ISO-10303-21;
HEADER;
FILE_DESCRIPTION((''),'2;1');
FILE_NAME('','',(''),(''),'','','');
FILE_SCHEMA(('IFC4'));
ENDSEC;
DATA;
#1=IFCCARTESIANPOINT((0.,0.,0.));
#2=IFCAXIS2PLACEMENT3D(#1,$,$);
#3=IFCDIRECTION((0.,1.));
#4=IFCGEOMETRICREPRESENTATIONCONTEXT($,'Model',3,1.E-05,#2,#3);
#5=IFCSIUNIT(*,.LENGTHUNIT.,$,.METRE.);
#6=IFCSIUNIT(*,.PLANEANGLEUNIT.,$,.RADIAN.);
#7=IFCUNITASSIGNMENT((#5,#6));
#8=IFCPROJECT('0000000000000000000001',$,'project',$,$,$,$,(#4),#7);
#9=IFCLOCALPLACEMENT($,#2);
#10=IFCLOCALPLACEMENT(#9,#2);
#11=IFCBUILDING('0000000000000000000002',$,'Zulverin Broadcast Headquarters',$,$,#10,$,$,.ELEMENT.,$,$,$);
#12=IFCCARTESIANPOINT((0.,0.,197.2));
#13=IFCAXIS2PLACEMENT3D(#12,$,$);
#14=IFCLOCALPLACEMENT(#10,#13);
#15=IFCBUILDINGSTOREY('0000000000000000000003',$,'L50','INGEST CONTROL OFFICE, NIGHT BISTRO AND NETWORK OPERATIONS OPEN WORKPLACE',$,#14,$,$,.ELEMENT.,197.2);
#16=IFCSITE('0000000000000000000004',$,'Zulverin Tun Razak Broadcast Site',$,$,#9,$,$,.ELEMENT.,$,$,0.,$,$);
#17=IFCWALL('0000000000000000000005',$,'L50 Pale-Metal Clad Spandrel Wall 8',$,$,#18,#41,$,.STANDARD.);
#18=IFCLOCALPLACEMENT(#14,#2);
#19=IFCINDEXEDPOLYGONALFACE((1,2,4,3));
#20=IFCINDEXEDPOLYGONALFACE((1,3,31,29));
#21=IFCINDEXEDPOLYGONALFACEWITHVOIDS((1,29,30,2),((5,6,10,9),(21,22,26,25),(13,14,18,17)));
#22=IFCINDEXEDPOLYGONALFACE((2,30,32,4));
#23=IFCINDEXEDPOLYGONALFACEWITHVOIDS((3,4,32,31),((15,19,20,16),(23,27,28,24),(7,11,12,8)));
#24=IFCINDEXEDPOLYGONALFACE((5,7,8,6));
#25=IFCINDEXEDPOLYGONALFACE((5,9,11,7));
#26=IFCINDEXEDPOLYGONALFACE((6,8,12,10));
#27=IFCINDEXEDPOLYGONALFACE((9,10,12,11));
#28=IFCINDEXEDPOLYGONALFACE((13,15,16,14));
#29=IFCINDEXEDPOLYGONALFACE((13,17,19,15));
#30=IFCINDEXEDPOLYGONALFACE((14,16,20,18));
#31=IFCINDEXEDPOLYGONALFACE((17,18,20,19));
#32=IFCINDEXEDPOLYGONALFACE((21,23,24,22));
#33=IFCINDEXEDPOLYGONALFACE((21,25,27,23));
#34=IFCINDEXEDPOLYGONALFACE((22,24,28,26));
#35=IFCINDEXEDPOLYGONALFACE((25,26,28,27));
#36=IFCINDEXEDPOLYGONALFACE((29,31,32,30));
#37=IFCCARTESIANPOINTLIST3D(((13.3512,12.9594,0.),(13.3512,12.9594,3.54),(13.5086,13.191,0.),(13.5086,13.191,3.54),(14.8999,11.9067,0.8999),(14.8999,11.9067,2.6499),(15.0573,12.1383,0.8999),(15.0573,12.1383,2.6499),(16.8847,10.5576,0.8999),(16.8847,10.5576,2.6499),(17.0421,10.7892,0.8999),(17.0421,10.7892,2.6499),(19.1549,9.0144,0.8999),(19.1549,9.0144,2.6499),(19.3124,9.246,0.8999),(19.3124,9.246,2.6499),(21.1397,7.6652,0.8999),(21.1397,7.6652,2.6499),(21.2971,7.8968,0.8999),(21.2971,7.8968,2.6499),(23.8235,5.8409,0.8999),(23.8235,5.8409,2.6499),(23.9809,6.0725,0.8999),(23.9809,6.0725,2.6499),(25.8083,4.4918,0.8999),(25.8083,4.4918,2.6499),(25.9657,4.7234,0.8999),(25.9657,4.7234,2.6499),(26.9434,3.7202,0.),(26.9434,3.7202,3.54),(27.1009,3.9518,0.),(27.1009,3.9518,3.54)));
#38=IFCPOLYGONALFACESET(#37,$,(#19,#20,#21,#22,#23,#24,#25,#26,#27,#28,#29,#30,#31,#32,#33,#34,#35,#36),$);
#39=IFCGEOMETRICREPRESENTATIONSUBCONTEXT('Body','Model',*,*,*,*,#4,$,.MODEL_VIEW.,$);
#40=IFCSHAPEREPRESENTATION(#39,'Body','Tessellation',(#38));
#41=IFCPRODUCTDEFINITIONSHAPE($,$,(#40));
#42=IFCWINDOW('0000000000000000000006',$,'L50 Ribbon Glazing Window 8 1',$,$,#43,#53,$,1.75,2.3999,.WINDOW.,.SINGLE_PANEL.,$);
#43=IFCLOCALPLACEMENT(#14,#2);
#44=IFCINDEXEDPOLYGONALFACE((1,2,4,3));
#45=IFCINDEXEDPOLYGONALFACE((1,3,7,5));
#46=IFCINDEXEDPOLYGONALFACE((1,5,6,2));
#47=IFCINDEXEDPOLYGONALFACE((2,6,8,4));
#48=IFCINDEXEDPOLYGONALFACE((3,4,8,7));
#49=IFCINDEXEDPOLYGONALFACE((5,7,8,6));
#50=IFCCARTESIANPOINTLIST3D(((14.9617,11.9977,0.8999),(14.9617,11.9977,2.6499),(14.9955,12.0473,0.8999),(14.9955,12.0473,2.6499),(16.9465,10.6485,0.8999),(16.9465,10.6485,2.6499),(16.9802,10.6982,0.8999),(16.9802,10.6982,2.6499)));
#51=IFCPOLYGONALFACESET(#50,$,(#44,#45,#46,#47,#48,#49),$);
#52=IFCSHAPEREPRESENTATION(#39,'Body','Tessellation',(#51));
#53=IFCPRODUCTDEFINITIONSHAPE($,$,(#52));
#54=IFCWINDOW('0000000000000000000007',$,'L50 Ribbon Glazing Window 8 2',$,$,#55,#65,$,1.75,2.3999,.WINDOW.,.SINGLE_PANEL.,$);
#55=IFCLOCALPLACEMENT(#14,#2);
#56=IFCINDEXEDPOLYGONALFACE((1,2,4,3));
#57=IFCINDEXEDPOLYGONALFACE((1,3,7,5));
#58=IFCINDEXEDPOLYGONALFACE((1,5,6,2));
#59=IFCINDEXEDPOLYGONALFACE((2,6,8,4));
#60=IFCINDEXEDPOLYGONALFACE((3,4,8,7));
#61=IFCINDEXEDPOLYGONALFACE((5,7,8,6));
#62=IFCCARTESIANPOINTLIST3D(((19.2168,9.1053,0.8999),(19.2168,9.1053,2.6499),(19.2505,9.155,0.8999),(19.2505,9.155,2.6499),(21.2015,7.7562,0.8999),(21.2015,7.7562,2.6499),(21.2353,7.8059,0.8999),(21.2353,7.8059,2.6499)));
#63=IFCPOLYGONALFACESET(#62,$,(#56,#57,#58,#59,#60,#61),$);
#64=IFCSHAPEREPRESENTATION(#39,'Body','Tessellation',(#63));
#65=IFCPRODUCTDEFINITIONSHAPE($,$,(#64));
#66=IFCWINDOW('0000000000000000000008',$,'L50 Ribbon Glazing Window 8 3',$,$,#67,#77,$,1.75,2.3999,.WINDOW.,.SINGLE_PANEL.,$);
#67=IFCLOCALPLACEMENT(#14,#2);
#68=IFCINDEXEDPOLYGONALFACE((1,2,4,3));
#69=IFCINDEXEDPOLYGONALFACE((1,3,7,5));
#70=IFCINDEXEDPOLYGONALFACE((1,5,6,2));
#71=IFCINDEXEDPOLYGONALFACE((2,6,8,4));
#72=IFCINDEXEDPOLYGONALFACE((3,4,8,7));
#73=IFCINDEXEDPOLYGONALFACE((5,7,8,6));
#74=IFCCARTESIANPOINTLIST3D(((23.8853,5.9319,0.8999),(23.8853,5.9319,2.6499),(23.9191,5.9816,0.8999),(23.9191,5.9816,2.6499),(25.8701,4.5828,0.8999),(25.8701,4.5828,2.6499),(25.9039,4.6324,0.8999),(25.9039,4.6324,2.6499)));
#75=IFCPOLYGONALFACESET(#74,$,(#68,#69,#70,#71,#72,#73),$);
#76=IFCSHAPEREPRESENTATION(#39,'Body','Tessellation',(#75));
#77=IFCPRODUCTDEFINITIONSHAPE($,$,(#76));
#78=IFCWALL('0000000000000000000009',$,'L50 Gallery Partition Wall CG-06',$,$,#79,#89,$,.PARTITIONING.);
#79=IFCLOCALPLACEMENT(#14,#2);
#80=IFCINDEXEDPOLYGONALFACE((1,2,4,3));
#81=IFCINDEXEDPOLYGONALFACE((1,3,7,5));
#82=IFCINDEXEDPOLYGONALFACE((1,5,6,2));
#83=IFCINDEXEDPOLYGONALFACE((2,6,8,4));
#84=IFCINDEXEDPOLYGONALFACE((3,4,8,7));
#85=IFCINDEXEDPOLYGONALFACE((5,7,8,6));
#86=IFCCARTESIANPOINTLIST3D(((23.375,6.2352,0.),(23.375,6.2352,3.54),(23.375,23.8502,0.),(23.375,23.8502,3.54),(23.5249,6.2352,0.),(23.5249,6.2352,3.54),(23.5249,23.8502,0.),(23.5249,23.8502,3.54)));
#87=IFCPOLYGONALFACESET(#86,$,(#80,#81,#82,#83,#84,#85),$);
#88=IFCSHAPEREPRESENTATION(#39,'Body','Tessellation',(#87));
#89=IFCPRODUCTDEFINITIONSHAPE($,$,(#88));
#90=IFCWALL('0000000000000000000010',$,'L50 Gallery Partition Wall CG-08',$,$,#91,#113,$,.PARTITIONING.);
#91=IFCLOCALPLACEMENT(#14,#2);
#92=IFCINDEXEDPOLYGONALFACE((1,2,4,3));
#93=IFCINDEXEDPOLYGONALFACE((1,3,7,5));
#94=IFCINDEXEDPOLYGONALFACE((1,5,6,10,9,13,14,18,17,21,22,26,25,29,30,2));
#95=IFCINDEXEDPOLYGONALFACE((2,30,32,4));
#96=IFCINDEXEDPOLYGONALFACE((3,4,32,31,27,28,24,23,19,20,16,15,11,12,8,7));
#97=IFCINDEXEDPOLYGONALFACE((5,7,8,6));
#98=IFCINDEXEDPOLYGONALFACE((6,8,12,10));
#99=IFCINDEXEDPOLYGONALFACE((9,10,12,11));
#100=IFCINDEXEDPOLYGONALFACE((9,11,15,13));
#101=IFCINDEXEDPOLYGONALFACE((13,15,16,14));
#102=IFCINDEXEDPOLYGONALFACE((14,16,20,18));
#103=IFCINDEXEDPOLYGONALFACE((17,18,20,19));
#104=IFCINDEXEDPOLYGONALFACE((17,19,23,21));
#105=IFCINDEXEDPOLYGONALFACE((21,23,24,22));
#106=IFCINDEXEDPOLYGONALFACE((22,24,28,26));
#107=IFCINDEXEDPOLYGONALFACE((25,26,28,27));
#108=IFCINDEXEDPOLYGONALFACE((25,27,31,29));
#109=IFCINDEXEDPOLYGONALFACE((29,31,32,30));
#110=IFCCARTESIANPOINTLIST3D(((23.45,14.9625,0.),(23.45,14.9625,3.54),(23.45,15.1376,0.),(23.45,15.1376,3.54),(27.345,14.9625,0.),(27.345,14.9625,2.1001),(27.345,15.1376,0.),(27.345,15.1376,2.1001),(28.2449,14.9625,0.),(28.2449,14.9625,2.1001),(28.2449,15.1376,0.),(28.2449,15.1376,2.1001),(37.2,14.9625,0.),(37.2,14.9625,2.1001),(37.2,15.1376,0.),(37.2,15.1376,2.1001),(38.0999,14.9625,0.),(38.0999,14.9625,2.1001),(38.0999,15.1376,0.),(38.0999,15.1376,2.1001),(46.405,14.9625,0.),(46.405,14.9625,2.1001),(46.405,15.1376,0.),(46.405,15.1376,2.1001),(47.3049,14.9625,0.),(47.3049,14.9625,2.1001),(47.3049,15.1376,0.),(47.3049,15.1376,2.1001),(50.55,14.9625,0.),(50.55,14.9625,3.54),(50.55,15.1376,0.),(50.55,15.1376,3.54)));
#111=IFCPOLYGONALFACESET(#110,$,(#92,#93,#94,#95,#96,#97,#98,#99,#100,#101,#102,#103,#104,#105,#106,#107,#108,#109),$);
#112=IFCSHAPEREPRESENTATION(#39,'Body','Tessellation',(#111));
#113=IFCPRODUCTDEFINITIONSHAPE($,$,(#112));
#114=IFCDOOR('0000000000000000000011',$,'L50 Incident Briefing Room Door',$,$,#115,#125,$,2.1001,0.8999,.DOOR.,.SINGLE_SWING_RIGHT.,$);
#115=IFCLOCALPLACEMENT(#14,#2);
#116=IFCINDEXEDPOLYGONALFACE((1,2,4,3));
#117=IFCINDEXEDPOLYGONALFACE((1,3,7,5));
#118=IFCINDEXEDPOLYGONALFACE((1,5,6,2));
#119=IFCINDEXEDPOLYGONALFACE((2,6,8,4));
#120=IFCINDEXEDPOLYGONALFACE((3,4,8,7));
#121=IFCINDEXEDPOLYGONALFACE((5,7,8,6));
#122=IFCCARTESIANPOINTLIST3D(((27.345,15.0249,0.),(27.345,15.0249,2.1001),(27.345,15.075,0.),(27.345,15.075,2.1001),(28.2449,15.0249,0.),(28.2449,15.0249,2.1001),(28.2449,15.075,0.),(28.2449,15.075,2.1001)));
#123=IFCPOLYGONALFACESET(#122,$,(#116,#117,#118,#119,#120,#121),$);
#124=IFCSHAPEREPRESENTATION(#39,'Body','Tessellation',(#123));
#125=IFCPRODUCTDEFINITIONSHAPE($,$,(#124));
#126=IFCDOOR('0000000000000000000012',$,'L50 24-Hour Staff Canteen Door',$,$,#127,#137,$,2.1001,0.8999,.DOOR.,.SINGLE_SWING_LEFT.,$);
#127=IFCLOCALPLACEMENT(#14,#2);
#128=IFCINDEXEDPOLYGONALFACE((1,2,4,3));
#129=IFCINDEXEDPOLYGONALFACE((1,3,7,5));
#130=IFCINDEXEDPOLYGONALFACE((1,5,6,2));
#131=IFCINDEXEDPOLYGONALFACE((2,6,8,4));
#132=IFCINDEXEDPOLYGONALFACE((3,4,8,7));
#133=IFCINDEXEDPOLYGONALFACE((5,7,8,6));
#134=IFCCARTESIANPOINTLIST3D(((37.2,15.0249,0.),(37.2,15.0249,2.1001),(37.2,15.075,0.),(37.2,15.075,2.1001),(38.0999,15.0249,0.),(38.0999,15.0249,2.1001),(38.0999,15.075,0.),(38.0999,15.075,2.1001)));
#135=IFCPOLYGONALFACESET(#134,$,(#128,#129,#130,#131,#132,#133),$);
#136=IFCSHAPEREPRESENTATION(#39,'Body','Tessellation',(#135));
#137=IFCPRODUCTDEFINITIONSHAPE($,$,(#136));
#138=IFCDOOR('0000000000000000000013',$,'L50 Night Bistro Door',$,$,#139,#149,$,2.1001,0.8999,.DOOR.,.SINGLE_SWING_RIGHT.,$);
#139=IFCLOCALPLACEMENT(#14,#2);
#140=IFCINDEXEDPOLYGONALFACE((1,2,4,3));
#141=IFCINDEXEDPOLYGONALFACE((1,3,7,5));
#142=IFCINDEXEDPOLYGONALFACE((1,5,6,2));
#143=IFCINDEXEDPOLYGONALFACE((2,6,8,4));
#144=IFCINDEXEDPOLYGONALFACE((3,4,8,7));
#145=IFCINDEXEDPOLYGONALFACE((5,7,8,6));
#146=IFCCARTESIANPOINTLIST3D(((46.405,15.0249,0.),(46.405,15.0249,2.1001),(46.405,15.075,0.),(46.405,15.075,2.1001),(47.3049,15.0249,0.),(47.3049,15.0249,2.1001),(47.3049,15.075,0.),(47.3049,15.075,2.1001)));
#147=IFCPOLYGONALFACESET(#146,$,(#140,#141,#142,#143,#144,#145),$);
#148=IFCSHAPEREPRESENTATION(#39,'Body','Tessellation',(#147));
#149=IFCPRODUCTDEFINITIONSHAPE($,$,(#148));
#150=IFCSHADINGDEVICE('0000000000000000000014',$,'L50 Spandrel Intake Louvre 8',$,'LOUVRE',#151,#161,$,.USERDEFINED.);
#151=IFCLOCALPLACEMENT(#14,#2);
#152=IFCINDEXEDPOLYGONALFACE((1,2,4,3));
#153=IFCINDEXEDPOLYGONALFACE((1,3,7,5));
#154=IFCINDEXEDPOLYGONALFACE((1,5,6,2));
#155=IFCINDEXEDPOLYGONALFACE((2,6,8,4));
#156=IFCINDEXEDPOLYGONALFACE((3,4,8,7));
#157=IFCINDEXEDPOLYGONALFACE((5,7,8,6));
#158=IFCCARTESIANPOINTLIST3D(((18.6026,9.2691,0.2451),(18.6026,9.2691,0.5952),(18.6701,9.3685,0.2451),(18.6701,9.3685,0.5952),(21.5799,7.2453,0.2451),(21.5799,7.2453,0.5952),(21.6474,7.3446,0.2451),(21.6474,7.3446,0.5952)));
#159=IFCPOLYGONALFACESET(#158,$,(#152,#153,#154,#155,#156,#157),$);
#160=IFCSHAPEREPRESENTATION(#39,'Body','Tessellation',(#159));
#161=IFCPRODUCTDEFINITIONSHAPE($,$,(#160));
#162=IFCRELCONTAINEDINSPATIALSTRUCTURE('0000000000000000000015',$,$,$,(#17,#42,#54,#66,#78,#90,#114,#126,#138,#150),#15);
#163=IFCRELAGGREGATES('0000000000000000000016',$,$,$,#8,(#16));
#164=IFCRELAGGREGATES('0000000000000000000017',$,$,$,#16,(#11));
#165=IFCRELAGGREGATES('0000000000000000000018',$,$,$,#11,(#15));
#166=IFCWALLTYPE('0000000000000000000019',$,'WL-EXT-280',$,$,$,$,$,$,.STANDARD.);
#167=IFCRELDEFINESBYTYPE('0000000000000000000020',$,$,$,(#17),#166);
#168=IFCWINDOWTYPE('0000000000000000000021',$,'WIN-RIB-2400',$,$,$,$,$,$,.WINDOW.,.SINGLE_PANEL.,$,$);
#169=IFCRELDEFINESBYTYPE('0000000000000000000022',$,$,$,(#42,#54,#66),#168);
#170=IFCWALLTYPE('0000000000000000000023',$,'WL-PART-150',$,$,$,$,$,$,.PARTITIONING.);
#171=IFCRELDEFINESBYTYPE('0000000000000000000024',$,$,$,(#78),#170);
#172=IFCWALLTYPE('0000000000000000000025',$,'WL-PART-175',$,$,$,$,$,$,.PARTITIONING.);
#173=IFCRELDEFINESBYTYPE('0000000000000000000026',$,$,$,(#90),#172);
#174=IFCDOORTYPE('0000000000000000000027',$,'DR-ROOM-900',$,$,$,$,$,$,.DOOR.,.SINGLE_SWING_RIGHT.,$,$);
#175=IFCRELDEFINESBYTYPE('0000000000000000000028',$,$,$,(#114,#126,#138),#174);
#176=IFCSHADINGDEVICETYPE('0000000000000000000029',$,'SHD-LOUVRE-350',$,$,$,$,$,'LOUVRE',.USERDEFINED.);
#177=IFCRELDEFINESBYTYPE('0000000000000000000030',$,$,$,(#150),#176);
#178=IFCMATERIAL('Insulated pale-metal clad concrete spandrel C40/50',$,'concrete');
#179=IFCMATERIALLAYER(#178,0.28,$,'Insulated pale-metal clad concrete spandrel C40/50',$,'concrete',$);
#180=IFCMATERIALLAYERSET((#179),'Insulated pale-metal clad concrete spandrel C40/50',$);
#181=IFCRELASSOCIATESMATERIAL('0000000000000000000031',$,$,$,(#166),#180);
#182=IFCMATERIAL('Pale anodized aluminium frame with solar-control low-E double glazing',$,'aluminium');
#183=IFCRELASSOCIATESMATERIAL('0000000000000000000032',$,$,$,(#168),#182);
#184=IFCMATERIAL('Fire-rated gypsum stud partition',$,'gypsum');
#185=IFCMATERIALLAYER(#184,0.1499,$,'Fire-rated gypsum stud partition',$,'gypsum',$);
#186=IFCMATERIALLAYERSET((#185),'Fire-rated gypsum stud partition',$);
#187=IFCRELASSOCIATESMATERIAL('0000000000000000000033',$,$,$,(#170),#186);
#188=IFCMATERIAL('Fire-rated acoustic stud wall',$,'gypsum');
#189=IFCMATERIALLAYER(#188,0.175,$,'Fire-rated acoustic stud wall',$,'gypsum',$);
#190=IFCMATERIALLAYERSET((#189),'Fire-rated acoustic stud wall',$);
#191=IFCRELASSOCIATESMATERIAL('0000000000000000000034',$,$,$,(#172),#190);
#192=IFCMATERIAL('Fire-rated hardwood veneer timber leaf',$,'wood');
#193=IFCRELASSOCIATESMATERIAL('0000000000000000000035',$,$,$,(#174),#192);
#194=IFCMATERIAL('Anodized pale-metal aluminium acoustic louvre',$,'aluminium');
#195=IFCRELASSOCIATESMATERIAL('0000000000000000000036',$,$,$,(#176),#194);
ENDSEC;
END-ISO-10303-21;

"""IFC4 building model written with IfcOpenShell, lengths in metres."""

from ifc_helpers import new_model, si_unit, direction, frame, frame_2d, origin, origin_2d, place, context, subcontext, project, spatial, rectangle, extrude, material, layer, layer_set, type_object, element, fill, save


model = new_model("IFC4")

# Units and contexts
model_context = context("Model", 3, precision=1e-05, world=origin(), true_north=direction((0.0, 1.0)))
body_context = subcontext(model_context, "Body", "Model", "MODEL_VIEW")
ifc_project = project(units=[si_unit("LENGTHUNIT", "METRE"), si_unit("PLANEANGLEUNIT", "RADIAN")], contexts=[model_context])

# Site, building, storey
site_placement = place(None, origin())
site = spatial("IfcSite", under=ifc_project, at=site_placement, Name="Zulverin Tun Razak Broadcast Site", CompositionType="ELEMENT", RefElevation=0.0)
building_placement = place(site_placement, origin())
building = spatial("IfcBuilding", under=site, at=building_placement, Name="Zulverin Broadcast Headquarters", CompositionType="ELEMENT")
storey_placement = place(building_placement, frame((0.0, 0.0, 197.2)))
storey = spatial("IfcBuildingStorey", under=building, at=storey_placement, Name="L50", Description="INGEST CONTROL OFFICE, NIGHT BISTRO AND NETWORK OPERATIONS OPEN WORKPLACE", CompositionType="ELEMENT", Elevation=197.2)

# Wall, openings, windows
ifc_material_1 = material(Name="Insulated pale-metal clad concrete spandrel C40/50", Category="concrete")
ifc_layer_1 = layer(ifc_material_1, 0.28, Name="Insulated pale-metal clad concrete spandrel C40/50", Category="concrete")
ifc_layer_set_1 = layer_set([ifc_layer_1], Name="Insulated pale-metal clad concrete spandrel C40/50")
wall_type_1 = type_object("IfcWallType", Name="WL-EXT-280", PredefinedType="STANDARD", material=ifc_layer_set_1)
wall_1_placement = place(storey_placement, frame((13.4299, 13.0752, 0.0), z_axis=(0.0, 0.0, 1.0), x_axis=(0.827025, -0.562165, 0.0)))
wall_1 = element("IfcWall", 1, at=wall_1_placement, inside=storey, type_object=wall_type_1, Name="L50 Pale-Metal Clad Spandrel Wall 8", PredefinedType="STANDARD", context=body_context, shape_type="SweptSolid", body=[
    extrude(rectangle(XDim=16.4351, YDim=0.28, at=frame_2d((8.2175, 0.0))), origin(), (0.0, 0.0, 1.0), 3.54),
])
opening_1_placement = place(wall_1_placement, frame((1.8726, 0.0, 0.8999)))
opening_1 = element("IfcOpeningElement", 2, at=opening_1_placement, cuts=wall_1, PredefinedType="OPENING", context=body_context, shape_type="SweptSolid", body=[
    extrude(rectangle(XDim=2.3999, YDim=1.75, at=frame_2d((1.2, 0.875))), frame((0.0, 0.1499, 0.0), z_axis=(0.0, -1.0, 0.0), x_axis=(1.0, 0.0, 0.0)), (0.0, 0.0, 1.0), 0.3),
])
opening_2_placement = place(wall_1_placement, frame((7.0176, 0.0, 0.8999)))
opening_2 = element("IfcOpeningElement", 3, at=opening_2_placement, cuts=wall_1, PredefinedType="OPENING", context=body_context, shape_type="SweptSolid", body=[
    extrude(rectangle(XDim=2.3999, YDim=1.75, at=frame_2d((1.2, 0.875))), frame((0.0, 0.1499, 0.0), z_axis=(0.0, -1.0, 0.0), x_axis=(1.0, 0.0, 0.0)), (0.0, 0.0, 1.0), 0.3),
])
opening_3_placement = place(wall_1_placement, frame((12.6626, 0.0, 0.8999)))
opening_3 = element("IfcOpeningElement", 4, at=opening_3_placement, cuts=wall_1, PredefinedType="OPENING", context=body_context, shape_type="SweptSolid", body=[
    extrude(rectangle(XDim=2.3999, YDim=1.75, at=frame_2d((1.2, 0.875))), frame((0.0, 0.1499, 0.0), z_axis=(0.0, -1.0, 0.0), x_axis=(1.0, 0.0, 0.0)), (0.0, 0.0, 1.0), 0.3),
])
ifc_material_2 = material(Name="Pale anodized aluminium frame with solar-control low-E double glazing", Category="aluminium")
window_type = type_object("IfcWindowType", Name="WIN-RIB-2400", PartitioningType="SINGLE_PANEL", PredefinedType="WINDOW", material=ifc_material_2)
window_1_placement = place(opening_1_placement, origin())
window_1 = element("IfcWindow", 5, at=window_1_placement, inside=storey, type_object=window_type, Name="L50 Ribbon Glazing Window 8 1", OverallHeight=1.75, OverallWidth=2.3999, PartitioningType="SINGLE_PANEL", PredefinedType="WINDOW", context=body_context, shape_type="SweptSolid", body=[
    extrude(rectangle(XDim=2.3999, YDim=1.75, at=frame_2d((1.2, 0.875))), frame((0.0, 0.03, 0.0), z_axis=(0.0, -1.0, 0.0), x_axis=(1.0, 0.0, 0.0)), (0.0, 0.0, 1.0), 0.0601),
])
fill(opening_1, window_1)
window_2_placement = place(opening_2_placement, origin())
window_2 = element("IfcWindow", 6, at=window_2_placement, inside=storey, type_object=window_type, Name="L50 Ribbon Glazing Window 8 2", OverallHeight=1.75, OverallWidth=2.3999, PartitioningType="SINGLE_PANEL", PredefinedType="WINDOW", context=body_context, shape_type="SweptSolid", body=[
    extrude(rectangle(XDim=2.3999, YDim=1.75, at=frame_2d((1.2, 0.875))), frame((0.0, 0.03, 0.0), z_axis=(0.0, -1.0, 0.0), x_axis=(1.0, 0.0, 0.0)), (0.0, 0.0, 1.0), 0.0601),
])
fill(opening_2, window_2)
window_3_placement = place(opening_3_placement, origin())
window_3 = element("IfcWindow", 7, at=window_3_placement, inside=storey, type_object=window_type, Name="L50 Ribbon Glazing Window 8 3", OverallHeight=1.75, OverallWidth=2.3999, PartitioningType="SINGLE_PANEL", PredefinedType="WINDOW", context=body_context, shape_type="SweptSolid", body=[
    extrude(rectangle(XDim=2.3999, YDim=1.75, at=frame_2d((1.2, 0.875))), frame((0.0, 0.03, 0.0), z_axis=(0.0, -1.0, 0.0), x_axis=(1.0, 0.0, 0.0)), (0.0, 0.0, 1.0), 0.0601),
])
fill(opening_3, window_3)

# Wall
ifc_material_3 = material(Name="Fire-rated gypsum stud partition", Category="gypsum")
ifc_layer_2 = layer(ifc_material_3, 0.1499, Name="Fire-rated gypsum stud partition", Category="gypsum")
ifc_layer_set_2 = layer_set([ifc_layer_2], Name="Fire-rated gypsum stud partition")
wall_type_2 = type_object("IfcWallType", Name="WL-PART-150", PredefinedType="PARTITIONING", material=ifc_layer_set_2)
wall_2_placement = place(storey_placement, frame((23.45, 6.2351, 0.0), z_axis=(0.0, 0.0, 1.0), x_axis=(0.0, 1.0, 0.0)))
element("IfcWall", 8, at=wall_2_placement, inside=storey, type_object=wall_type_2, Name="L50 Gallery Partition Wall CG-06", PredefinedType="PARTITIONING", context=body_context, shape_type="SweptSolid", body=[
    extrude(rectangle(XDim=17.615, YDim=0.1499, at=frame_2d((8.8076, 0.0))), origin(), (0.0, 0.0, 1.0), 3.54),
])

# Wall, openings, doors
ifc_material_4 = material(Name="Fire-rated acoustic stud wall", Category="gypsum")
ifc_layer_3 = layer(ifc_material_4, 0.175, Name="Fire-rated acoustic stud wall", Category="gypsum")
ifc_layer_set_3 = layer_set([ifc_layer_3], Name="Fire-rated acoustic stud wall")
wall_type_3 = type_object("IfcWallType", Name="WL-PART-175", PredefinedType="PARTITIONING", material=ifc_layer_set_3)
wall_3_placement = place(storey_placement, frame((23.45, 15.05, 0.0), z_axis=(0.0, 0.0, 1.0), x_axis=(1.0, 0.0, 0.0)))
wall_3 = element("IfcWall", 9, at=wall_3_placement, inside=storey, type_object=wall_type_3, Name="L50 Gallery Partition Wall CG-08", PredefinedType="PARTITIONING", context=body_context, shape_type="SweptSolid", body=[
    extrude(rectangle(XDim=27.1001, YDim=0.175, at=frame_2d((13.55, 0.0))), origin(), (0.0, 0.0, 1.0), 3.54),
])
opening_4_placement = place(wall_3_placement, frame((3.895, 0.0, 0.0)))
opening_4 = element("IfcOpeningElement", 10, at=opening_4_placement, cuts=wall_3, PredefinedType="OPENING", context=body_context, shape_type="SweptSolid", body=[
    extrude(rectangle(XDim=0.8999, YDim=2.1001, at=frame_2d((0.45, 1.05))), frame((0.0, 0.0974, 0.0), z_axis=(0.0, -1.0, 0.0), x_axis=(1.0, 0.0, 0.0)), (0.0, 0.0, 1.0), 0.1951),
])
opening_5_placement = place(wall_3_placement, frame((13.75, 0.0, 0.0)))
opening_5 = element("IfcOpeningElement", 11, at=opening_5_placement, cuts=wall_3, PredefinedType="OPENING", context=body_context, shape_type="SweptSolid", body=[
    extrude(rectangle(XDim=0.8999, YDim=2.1001, at=frame_2d((0.45, 1.05))), frame((0.0, 0.0974, 0.0), z_axis=(0.0, -1.0, 0.0), x_axis=(1.0, 0.0, 0.0)), (0.0, 0.0, 1.0), 0.1951),
])
opening_6_placement = place(wall_3_placement, frame((22.9551, 0.0, 0.0)))
opening_6 = element("IfcOpeningElement", 12, at=opening_6_placement, cuts=wall_3, PredefinedType="OPENING", context=body_context, shape_type="SweptSolid", body=[
    extrude(rectangle(XDim=0.8999, YDim=2.1001, at=frame_2d((0.45, 1.05))), frame((0.0, 0.0974, 0.0), z_axis=(0.0, -1.0, 0.0), x_axis=(1.0, 0.0, 0.0)), (0.0, 0.0, 1.0), 0.1951),
])
ifc_material_5 = material(Name="Fire-rated hardwood veneer timber leaf", Category="wood")
door_type_1 = type_object("IfcDoorType", Name="DR-ROOM-900", OperationType="SINGLE_SWING_RIGHT", PredefinedType="DOOR", material=ifc_material_5)
door_1_placement = place(opening_4_placement, origin())
door_1 = element("IfcDoor", 13, at=door_1_placement, inside=storey, type_object=door_type_1, Name="L50 Incident Briefing Room Door", OperationType="SINGLE_SWING_RIGHT", OverallHeight=2.1001, OverallWidth=0.8999, PredefinedType="DOOR", context=body_context, shape_type="SweptSolid", body=[
    extrude(rectangle(XDim=0.8999, YDim=2.1001, at=frame_2d((0.45, 1.05))), frame((0.0, 0.0249, 0.0), z_axis=(0.0, -1.0, 0.0), x_axis=(1.0, 0.0, 0.0)), (0.0, 0.0, 1.0), 0.05),
])
fill(opening_4, door_1)
door_2_placement = place(opening_5_placement, origin())
door_2 = element("IfcDoor", 14, at=door_2_placement, inside=storey, type_object=door_type_1, Name="L50 24-Hour Staff Canteen Door", OperationType="SINGLE_SWING_LEFT", OverallHeight=2.1001, OverallWidth=0.8999, PredefinedType="DOOR", context=body_context, shape_type="SweptSolid", body=[
    extrude(rectangle(XDim=0.8999, YDim=2.1001, at=frame_2d((0.45, 1.05))), frame((0.0, 0.0249, 0.0), z_axis=(0.0, -1.0, 0.0), x_axis=(1.0, 0.0, 0.0)), (0.0, 0.0, 1.0), 0.05),
])
fill(opening_5, door_2)
door_3_placement = place(opening_6_placement, origin())
door_3 = element("IfcDoor", 15, at=door_3_placement, inside=storey, type_object=door_type_1, Name="L50 Night Bistro Door", OperationType="SINGLE_SWING_RIGHT", OverallHeight=2.1001, OverallWidth=0.8999, PredefinedType="DOOR", context=body_context, shape_type="SweptSolid", body=[
    extrude(rectangle(XDim=0.8999, YDim=2.1001, at=frame_2d((0.45, 1.05))), frame((0.0, 0.0249, 0.0), z_axis=(0.0, -1.0, 0.0), x_axis=(1.0, 0.0, 0.0)), (0.0, 0.0, 1.0), 0.05),
])
fill(opening_6, door_3)

# Shading device
ifc_material_6 = material(Name="Anodized pale-metal aluminium acoustic louvre", Category="aluminium")
shading_device_type_1 = type_object("IfcShadingDeviceType", Name="SHD-LOUVRE-350", ElementType="LOUVRE", PredefinedType="USERDEFINED", material=ifc_material_6)
shading_device_1_placement = place(storey_placement, frame((20.125, 8.3069, 0.2451), z_axis=(0.0, 0.0, 1.0), x_axis=(0.827025, -0.562166, 0.0)))
element("IfcShadingDevice", 16, at=shading_device_1_placement, inside=storey, type_object=shading_device_type_1, Name="L50 Spandrel Intake Louvre 8", ObjectType="LOUVRE", PredefinedType="USERDEFINED", context=body_context, shape_type="SweptSolid", body=[
    extrude(rectangle(XDim=3.6001, YDim=0.1201, at=origin_2d()), origin(), (0.0, 0.0, 1.0), 0.3501),
])

save(model, "model.ifc")
